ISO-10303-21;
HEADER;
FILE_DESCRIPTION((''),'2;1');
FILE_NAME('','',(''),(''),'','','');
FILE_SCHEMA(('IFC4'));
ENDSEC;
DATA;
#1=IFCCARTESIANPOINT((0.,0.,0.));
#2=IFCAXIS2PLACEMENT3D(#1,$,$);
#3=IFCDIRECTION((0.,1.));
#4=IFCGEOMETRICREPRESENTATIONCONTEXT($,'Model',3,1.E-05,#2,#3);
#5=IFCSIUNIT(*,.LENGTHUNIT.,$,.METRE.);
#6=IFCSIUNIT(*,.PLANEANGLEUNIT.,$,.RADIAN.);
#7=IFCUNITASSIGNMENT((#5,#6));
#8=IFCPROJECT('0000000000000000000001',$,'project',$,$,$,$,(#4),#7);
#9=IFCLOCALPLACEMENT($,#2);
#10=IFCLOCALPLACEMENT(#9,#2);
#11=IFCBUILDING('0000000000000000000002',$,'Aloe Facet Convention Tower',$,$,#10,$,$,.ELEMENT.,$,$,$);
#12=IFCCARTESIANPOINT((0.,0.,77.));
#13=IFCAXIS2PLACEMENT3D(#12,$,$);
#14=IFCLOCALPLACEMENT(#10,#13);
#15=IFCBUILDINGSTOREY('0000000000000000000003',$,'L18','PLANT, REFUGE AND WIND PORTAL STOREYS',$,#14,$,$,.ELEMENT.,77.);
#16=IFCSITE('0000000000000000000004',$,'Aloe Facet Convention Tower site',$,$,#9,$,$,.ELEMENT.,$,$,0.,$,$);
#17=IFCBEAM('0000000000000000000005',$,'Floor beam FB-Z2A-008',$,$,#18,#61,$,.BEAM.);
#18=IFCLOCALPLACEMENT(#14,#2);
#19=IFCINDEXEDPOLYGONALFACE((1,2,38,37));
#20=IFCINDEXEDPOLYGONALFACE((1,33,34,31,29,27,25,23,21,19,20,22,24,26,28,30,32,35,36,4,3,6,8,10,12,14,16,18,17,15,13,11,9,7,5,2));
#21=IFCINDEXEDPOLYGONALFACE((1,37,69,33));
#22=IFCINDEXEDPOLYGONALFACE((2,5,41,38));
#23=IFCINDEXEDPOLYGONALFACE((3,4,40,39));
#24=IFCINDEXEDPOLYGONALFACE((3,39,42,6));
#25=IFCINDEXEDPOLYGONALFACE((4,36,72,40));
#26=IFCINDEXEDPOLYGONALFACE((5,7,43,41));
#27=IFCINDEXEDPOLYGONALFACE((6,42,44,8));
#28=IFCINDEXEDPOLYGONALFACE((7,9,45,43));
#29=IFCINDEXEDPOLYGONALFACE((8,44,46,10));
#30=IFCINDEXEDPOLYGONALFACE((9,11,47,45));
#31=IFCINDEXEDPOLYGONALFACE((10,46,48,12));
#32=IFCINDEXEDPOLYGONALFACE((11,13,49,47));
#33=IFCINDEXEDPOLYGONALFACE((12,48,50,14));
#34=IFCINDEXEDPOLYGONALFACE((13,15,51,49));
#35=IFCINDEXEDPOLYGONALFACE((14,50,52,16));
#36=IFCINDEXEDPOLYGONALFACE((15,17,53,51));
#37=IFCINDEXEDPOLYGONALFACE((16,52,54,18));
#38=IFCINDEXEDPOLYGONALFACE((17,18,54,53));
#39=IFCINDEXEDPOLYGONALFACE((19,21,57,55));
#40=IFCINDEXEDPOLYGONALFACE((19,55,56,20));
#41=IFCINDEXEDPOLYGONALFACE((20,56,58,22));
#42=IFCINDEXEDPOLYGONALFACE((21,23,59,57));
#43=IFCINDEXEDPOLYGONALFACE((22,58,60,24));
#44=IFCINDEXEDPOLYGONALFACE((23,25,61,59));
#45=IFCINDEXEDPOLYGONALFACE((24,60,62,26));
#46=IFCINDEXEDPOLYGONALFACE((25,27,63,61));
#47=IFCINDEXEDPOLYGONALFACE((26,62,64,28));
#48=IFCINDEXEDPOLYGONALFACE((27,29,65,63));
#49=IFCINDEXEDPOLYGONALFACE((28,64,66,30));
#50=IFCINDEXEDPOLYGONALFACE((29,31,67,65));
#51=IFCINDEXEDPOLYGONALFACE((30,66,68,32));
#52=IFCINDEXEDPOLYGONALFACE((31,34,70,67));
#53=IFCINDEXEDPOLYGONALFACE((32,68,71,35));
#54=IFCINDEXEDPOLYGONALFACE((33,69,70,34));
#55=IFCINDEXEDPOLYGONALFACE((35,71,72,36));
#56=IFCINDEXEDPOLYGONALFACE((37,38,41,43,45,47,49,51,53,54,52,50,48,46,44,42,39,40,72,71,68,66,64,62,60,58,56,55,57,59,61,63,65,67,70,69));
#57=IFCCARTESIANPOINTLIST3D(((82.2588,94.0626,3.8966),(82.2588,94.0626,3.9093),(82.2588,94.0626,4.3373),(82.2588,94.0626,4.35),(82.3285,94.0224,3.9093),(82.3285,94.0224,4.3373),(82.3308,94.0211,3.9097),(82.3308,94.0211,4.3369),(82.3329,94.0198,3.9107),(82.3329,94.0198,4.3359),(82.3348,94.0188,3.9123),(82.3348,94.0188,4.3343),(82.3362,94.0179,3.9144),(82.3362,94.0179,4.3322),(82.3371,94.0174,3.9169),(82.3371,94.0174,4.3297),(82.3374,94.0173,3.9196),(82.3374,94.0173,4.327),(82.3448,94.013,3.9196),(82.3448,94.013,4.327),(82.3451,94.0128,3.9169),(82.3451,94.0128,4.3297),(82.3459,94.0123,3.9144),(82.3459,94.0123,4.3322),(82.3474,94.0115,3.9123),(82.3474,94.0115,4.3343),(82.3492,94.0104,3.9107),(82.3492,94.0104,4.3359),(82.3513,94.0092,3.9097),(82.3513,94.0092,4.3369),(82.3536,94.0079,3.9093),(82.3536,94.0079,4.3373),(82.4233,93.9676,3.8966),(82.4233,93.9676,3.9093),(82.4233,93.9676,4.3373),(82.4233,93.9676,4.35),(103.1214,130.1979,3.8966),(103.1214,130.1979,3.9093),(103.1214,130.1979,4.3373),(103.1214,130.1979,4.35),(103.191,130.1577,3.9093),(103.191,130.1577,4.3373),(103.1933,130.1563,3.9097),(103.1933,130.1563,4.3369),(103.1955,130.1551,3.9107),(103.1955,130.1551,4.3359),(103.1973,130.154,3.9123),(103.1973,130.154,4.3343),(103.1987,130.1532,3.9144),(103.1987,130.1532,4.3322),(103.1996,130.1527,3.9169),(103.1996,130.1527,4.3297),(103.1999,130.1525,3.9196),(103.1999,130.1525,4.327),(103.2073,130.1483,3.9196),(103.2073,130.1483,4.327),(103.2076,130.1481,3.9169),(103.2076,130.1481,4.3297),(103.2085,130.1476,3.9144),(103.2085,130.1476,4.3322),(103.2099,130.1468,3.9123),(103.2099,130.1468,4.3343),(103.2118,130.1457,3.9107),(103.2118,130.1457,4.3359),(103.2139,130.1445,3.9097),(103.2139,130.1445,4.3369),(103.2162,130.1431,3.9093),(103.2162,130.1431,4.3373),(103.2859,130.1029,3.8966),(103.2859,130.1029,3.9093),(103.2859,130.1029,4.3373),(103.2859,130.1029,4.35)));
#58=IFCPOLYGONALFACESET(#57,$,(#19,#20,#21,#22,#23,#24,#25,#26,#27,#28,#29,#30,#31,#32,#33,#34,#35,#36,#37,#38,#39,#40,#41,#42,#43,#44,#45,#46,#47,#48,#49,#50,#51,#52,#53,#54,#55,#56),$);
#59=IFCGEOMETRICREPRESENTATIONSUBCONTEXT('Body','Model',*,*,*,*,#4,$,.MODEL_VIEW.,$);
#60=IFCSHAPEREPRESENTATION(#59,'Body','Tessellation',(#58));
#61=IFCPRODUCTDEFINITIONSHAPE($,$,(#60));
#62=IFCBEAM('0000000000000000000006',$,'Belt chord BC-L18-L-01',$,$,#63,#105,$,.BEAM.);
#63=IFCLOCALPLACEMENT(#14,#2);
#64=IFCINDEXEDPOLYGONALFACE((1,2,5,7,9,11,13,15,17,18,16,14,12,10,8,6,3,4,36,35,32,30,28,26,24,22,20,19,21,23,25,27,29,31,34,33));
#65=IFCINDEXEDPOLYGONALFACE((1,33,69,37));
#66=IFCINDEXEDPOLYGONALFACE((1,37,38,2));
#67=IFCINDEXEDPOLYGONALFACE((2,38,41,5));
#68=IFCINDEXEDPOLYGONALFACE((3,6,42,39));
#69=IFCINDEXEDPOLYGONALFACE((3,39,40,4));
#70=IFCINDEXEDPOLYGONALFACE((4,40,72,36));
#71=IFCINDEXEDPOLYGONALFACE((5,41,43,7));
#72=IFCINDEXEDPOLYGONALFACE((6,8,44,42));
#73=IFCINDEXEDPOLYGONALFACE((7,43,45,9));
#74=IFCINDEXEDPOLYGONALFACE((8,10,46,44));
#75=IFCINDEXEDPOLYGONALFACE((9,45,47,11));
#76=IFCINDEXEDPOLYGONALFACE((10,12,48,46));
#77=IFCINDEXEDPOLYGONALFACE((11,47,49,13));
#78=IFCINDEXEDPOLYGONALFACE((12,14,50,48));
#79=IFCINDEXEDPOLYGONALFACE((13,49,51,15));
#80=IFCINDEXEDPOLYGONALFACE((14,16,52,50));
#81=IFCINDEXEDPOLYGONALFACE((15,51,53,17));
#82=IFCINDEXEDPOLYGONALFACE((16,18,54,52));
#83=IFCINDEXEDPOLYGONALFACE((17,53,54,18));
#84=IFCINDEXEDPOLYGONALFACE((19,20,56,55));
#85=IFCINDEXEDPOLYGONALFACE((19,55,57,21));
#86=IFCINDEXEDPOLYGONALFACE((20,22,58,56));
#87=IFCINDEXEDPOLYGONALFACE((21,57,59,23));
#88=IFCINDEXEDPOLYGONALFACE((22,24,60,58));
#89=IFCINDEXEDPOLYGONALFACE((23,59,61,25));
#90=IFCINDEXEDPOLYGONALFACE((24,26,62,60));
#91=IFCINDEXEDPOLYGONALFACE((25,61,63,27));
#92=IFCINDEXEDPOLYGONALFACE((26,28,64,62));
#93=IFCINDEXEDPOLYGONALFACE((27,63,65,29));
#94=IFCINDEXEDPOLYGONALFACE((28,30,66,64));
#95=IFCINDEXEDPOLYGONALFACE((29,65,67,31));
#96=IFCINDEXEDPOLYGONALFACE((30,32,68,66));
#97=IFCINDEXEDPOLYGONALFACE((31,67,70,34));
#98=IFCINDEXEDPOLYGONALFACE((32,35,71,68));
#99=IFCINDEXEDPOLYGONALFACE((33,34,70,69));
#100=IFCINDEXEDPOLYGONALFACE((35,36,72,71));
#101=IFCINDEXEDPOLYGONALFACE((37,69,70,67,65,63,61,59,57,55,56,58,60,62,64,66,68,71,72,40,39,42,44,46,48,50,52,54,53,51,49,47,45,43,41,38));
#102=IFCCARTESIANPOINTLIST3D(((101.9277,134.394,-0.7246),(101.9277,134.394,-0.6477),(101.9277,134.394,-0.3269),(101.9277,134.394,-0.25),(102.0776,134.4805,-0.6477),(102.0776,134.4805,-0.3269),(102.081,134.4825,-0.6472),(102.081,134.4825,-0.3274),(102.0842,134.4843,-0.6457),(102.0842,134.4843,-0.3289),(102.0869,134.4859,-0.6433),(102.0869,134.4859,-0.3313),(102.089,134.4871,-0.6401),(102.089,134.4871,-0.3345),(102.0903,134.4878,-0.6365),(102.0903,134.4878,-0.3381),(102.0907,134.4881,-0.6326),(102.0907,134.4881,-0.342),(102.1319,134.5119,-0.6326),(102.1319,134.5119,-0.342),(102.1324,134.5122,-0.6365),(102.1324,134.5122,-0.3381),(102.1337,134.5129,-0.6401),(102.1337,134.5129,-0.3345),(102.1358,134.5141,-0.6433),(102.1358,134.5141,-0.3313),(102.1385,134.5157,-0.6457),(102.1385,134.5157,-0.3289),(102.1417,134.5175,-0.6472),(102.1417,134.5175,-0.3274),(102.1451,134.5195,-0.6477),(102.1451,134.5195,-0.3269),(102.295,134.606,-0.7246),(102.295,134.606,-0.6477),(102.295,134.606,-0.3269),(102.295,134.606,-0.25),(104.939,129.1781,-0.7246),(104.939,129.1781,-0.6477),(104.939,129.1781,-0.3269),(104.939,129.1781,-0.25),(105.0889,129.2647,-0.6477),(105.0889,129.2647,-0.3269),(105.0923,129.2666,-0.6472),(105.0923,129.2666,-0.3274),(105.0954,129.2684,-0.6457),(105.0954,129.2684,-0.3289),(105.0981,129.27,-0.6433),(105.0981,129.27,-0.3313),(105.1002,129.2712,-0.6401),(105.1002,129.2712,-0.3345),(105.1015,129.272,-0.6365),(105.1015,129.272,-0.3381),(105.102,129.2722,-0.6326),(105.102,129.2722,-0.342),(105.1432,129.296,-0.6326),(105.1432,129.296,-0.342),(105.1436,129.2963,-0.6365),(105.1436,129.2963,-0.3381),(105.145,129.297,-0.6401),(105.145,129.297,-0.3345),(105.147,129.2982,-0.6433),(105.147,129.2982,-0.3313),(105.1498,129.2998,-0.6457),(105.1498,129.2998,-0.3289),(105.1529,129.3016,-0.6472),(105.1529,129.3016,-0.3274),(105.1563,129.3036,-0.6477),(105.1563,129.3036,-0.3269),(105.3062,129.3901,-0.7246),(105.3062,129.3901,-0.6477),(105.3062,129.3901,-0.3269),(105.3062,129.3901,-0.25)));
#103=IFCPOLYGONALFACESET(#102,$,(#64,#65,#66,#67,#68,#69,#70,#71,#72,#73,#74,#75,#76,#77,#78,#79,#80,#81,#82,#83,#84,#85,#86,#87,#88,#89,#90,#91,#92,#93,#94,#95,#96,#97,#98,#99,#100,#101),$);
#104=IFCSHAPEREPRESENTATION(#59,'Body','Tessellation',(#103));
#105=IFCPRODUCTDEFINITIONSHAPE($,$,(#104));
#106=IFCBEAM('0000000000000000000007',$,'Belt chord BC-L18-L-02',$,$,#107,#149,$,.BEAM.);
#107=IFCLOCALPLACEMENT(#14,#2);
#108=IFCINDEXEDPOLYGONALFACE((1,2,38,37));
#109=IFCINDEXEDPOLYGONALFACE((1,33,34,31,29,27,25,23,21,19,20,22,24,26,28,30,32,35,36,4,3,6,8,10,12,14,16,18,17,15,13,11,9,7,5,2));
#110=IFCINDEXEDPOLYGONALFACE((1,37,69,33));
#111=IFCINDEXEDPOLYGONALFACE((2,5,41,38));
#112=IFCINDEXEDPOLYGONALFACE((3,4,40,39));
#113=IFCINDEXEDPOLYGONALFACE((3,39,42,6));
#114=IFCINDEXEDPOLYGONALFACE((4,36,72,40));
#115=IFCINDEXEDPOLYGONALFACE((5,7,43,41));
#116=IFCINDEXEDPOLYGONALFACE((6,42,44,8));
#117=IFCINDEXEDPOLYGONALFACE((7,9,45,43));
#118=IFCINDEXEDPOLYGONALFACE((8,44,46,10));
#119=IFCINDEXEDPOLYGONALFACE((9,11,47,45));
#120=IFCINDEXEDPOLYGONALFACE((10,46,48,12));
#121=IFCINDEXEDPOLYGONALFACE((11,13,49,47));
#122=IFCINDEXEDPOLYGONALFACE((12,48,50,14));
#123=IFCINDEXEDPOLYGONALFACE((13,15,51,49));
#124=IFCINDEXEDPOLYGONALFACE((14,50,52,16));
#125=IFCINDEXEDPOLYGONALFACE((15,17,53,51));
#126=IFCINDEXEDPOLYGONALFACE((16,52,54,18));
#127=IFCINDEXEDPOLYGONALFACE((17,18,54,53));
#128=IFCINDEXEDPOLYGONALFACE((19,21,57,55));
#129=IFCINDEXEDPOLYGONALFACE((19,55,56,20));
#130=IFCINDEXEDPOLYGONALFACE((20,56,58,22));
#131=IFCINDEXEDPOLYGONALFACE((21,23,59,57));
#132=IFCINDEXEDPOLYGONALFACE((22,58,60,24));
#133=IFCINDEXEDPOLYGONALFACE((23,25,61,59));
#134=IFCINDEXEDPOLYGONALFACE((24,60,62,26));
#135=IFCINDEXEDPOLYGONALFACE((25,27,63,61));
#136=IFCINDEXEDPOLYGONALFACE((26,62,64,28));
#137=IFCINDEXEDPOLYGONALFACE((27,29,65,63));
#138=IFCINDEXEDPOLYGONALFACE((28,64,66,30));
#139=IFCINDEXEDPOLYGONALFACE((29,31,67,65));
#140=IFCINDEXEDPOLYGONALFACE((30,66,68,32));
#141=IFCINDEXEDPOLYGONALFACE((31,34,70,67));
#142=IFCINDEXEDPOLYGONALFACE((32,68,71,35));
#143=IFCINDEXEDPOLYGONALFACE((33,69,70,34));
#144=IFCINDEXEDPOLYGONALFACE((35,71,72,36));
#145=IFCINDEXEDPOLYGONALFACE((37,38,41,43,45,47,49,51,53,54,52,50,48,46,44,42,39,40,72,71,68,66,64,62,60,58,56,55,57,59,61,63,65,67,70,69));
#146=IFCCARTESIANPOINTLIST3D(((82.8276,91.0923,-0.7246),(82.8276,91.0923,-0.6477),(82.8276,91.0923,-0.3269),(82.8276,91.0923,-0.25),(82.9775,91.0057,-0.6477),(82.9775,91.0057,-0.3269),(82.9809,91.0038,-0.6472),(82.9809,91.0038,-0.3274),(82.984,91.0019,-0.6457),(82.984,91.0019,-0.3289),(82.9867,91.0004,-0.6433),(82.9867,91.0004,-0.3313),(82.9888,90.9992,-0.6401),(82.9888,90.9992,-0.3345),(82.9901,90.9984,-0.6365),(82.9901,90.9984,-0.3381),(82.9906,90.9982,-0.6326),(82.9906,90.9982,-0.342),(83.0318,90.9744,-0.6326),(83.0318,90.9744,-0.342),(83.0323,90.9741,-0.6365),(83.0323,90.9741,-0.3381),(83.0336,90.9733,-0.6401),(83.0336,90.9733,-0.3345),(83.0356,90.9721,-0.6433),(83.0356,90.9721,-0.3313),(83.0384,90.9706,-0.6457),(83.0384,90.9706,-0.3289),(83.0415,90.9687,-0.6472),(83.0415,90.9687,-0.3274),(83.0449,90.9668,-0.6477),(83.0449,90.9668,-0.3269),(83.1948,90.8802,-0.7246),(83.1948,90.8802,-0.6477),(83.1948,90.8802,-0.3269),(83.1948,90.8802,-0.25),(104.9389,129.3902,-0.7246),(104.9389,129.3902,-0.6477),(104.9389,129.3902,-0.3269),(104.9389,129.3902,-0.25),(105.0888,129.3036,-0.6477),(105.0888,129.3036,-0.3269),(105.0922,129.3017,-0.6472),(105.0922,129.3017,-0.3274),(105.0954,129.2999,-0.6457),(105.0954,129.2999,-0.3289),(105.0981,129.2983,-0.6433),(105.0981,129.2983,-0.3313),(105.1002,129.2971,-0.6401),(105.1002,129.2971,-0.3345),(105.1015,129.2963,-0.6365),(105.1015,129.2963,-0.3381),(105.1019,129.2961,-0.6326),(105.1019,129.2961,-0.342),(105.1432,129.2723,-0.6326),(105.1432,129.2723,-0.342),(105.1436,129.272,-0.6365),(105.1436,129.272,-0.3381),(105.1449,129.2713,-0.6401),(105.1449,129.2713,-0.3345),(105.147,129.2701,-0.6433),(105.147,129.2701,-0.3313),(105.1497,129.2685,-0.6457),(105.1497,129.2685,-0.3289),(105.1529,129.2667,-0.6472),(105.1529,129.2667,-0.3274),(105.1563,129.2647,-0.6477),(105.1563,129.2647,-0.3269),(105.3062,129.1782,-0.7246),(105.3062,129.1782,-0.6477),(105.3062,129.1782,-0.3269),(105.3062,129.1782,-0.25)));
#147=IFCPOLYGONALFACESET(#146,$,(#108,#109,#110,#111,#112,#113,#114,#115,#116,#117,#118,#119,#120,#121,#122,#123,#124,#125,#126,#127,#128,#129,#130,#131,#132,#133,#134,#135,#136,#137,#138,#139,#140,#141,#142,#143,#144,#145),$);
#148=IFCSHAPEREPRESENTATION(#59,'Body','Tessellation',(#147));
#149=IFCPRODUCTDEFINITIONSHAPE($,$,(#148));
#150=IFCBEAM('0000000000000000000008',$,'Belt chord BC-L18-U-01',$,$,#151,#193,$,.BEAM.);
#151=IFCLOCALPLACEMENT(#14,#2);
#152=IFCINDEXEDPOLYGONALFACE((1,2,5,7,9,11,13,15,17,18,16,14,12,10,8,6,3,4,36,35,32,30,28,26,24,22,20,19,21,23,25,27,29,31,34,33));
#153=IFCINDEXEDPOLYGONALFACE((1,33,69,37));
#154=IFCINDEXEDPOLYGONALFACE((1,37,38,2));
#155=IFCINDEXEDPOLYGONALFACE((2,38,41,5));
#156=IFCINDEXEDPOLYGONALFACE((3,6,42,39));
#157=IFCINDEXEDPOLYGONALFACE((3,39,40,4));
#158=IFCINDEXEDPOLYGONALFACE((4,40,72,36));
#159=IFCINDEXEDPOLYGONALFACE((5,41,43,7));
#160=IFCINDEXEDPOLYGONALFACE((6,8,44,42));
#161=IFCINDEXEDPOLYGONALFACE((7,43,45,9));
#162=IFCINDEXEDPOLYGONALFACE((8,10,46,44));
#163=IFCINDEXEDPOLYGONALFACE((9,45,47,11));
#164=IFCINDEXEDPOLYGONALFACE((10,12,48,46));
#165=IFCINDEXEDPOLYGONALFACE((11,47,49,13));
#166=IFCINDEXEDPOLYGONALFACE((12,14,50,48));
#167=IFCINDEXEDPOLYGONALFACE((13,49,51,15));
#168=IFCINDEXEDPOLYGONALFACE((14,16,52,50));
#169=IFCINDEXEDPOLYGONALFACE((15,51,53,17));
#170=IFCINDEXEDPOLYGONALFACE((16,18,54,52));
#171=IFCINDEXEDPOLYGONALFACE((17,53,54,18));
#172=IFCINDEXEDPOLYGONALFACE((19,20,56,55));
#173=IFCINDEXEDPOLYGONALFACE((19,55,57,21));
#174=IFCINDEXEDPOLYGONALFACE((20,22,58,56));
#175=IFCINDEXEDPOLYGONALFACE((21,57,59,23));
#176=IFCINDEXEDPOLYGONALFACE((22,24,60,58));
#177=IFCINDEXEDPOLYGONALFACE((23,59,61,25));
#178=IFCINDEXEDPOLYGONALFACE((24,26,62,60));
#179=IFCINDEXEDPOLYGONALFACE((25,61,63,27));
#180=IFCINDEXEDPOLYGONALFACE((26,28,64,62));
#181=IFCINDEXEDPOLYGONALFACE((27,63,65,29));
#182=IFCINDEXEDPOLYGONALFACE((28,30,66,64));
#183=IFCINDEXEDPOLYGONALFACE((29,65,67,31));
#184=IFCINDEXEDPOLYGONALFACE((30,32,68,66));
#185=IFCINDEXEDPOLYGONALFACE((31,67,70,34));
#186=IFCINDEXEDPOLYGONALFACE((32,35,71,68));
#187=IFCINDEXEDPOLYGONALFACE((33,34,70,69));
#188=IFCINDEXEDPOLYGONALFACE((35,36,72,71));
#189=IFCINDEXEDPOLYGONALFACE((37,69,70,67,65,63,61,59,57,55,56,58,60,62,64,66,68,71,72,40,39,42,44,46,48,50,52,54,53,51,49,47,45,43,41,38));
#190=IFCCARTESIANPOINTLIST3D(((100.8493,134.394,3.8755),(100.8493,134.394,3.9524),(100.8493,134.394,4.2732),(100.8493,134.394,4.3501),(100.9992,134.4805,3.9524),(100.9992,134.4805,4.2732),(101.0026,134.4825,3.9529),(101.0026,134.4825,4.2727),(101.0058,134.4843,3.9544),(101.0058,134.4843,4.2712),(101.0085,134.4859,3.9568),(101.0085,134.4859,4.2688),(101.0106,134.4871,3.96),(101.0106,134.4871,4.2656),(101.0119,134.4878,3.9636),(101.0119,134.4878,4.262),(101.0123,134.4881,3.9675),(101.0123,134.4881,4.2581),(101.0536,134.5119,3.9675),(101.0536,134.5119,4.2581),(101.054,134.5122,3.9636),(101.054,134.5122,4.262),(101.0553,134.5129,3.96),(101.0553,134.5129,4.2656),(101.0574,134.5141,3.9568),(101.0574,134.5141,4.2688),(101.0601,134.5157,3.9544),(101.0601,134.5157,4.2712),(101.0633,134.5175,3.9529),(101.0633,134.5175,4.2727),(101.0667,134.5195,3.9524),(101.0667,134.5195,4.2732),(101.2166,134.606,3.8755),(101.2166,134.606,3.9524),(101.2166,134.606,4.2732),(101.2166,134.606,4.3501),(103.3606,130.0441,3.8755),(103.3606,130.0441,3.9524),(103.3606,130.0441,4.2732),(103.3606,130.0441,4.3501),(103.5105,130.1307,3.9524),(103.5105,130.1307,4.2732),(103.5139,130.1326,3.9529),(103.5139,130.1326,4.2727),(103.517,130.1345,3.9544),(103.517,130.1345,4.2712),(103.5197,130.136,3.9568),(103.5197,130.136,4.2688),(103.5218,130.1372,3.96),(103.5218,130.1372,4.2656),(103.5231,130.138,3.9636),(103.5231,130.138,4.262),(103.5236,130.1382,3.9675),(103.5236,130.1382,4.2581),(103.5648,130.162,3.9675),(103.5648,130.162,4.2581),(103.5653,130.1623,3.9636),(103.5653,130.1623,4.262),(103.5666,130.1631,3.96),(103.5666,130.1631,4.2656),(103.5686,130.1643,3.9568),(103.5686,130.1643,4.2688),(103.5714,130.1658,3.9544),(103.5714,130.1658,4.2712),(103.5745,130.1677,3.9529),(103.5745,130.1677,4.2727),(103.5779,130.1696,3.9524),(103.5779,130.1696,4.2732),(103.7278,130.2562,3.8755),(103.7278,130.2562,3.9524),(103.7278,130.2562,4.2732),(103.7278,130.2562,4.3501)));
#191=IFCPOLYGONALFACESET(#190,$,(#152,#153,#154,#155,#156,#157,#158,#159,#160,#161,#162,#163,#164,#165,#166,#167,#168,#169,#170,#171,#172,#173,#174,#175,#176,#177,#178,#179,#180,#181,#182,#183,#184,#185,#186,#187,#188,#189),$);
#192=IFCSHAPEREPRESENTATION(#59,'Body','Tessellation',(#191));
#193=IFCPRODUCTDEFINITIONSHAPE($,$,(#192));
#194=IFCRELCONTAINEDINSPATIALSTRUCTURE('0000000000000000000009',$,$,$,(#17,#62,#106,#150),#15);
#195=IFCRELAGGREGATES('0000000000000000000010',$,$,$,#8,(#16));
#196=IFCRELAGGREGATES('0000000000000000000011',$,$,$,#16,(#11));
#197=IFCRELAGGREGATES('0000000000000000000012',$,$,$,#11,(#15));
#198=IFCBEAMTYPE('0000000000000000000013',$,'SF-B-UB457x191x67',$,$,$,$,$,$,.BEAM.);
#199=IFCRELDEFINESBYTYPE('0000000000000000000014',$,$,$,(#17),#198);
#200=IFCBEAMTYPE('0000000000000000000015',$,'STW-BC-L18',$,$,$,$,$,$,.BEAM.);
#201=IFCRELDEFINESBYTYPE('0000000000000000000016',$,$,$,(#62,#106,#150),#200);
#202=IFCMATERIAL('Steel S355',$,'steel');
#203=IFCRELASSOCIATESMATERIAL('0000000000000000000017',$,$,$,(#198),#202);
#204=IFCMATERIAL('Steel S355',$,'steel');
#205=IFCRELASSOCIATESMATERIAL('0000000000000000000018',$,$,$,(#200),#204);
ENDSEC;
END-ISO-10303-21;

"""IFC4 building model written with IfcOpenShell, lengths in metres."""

from ifc_helpers import new_model, si_unit, direction, frame, origin, origin_2d, place, context, subcontext, project, spatial, i_section, extrude, material, material_profile, profile_set, type_object, element, save


model = new_model("IFC4")

# Units and contexts
model_context = context("Model", 3, precision=1e-05, world=origin(), true_north=direction((0.0, 1.0)))
body_context = subcontext(model_context, "Body", "Model", "MODEL_VIEW")
ifc_project = project(units=[si_unit("LENGTHUNIT", "METRE"), si_unit("PLANEANGLEUNIT", "RADIAN")], contexts=[model_context])

# Site, building, storey
site_placement = place(None, origin())
site = spatial("IfcSite", under=ifc_project, at=site_placement, Name="Aloe Facet Convention Tower site", CompositionType="ELEMENT", RefElevation=0.0)
building_placement = place(site_placement, origin())
building = spatial("IfcBuilding", under=site, at=building_placement, Name="Aloe Facet Convention Tower", CompositionType="ELEMENT")
storey_placement = place(building_placement, frame((0.0, 0.0, 77.0)))
storey = spatial("IfcBuildingStorey", under=building, at=storey_placement, Name="L18", Description="PLANT, REFUGE AND WIND PORTAL STOREYS", CompositionType="ELEMENT", Elevation=77.0)

# Beams
ifc_material_1 = material(Name="Steel S355", Category="steel")
ifc_material_profile_1 = material_profile(ifc_material_1, i_section(OverallWidth=0.1899, OverallDepth=0.4534, WebThickness=0.0085, FlangeThickness=0.0127, FilletRadius=0.0103, at=origin_2d()), Name="UB 457x191x67")
ifc_profile_set_1 = profile_set([ifc_material_profile_1], Name="Steel S355")
beam_type_1 = type_object("IfcBeamType", Name="SF-B-UB457x191x67", PredefinedType="BEAM", material=ifc_profile_set_1)
beam_1_placement = place(storey_placement, frame((103.2036, 130.1504, 4.1233), z_axis=(-0.499997, -0.866027, 0.0), x_axis=(0.866027, -0.499997, 0.0)))
element("IfcBeam", 1, at=beam_1_placement, inside=storey, type_object=beam_type_1, Name="Floor beam FB-Z2A-008", PredefinedType="BEAM", context=body_context, shape_type="SweptSolid", body=[
    extrude(i_section(OverallWidth=0.1899, OverallDepth=0.4534, WebThickness=0.0085, FlangeThickness=0.0127, FilletRadius=0.0103, at=origin_2d()), origin(), (0.0, 0.0, 1.0), 41.7253),
])
ifc_material_2 = material(Name="Steel S355", Category="steel")
ifc_material_profile_2 = material_profile(ifc_material_2, i_section(OverallWidth=0.4241, OverallDepth=0.4746, WebThickness=0.0476, FlangeThickness=0.0769, FilletRadius=0.0151, at=origin_2d()), Name="UC 356x406x634")
ifc_profile_set_2 = profile_set([ifc_material_profile_2], Name="Steel S355")
beam_type_2 = type_object("IfcBeamType", Name="STW-BC-L18", PredefinedType="BEAM", material=ifc_profile_set_2)
beam_2_placement = place(storey_placement, frame((102.1113, 134.5, -0.4873), z_axis=(0.499984, -0.866034, 0.0), x_axis=(0.866034, 0.499984, 0.0)))
element("IfcBeam", 2, at=beam_2_placement, inside=storey, type_object=beam_type_2, Name="Belt chord BC-L18-L-01", PredefinedType="BEAM", context=body_context, shape_type="SweptSolid", body=[
    extrude(i_section(OverallWidth=0.4241, OverallDepth=0.4746, WebThickness=0.0476, FlangeThickness=0.0769, FilletRadius=0.0151, at=origin_2d()), origin(), (0.0, 0.0, 1.0), 6.0227),
])
beam_3_placement = place(storey_placement, frame((105.1226, 129.2842, -0.4873), z_axis=(-0.500001, -0.866025, 0.0), x_axis=(0.866025, -0.500001, 0.0)))
element("IfcBeam", 3, at=beam_3_placement, inside=storey, type_object=beam_type_2, Name="Belt chord BC-L18-L-02", PredefinedType="BEAM", context=body_context, shape_type="SweptSolid", body=[
    extrude(i_section(OverallWidth=0.4241, OverallDepth=0.4746, WebThickness=0.0476, FlangeThickness=0.0769, FilletRadius=0.0151, at=origin_2d()), origin(), (0.0, 0.0, 1.0), 44.2227),
])
beam_4_placement = place(storey_placement, frame((101.033, 134.5, 4.1128), z_axis=(0.499976, -0.866039, 0.0), x_axis=(0.866039, 0.499976, 0.0)))
element("IfcBeam", 4, at=beam_4_placement, inside=storey, type_object=beam_type_2, Name="Belt chord BC-L18-U-01", PredefinedType="BEAM", context=body_context, shape_type="SweptSolid", body=[
    extrude(i_section(OverallWidth=0.4241, OverallDepth=0.4746, WebThickness=0.0476, FlangeThickness=0.0769, FilletRadius=0.0151, at=origin_2d()), origin(), (0.0, 0.0, 1.0), 5.0227),
])

save(model, "model.ifc")
